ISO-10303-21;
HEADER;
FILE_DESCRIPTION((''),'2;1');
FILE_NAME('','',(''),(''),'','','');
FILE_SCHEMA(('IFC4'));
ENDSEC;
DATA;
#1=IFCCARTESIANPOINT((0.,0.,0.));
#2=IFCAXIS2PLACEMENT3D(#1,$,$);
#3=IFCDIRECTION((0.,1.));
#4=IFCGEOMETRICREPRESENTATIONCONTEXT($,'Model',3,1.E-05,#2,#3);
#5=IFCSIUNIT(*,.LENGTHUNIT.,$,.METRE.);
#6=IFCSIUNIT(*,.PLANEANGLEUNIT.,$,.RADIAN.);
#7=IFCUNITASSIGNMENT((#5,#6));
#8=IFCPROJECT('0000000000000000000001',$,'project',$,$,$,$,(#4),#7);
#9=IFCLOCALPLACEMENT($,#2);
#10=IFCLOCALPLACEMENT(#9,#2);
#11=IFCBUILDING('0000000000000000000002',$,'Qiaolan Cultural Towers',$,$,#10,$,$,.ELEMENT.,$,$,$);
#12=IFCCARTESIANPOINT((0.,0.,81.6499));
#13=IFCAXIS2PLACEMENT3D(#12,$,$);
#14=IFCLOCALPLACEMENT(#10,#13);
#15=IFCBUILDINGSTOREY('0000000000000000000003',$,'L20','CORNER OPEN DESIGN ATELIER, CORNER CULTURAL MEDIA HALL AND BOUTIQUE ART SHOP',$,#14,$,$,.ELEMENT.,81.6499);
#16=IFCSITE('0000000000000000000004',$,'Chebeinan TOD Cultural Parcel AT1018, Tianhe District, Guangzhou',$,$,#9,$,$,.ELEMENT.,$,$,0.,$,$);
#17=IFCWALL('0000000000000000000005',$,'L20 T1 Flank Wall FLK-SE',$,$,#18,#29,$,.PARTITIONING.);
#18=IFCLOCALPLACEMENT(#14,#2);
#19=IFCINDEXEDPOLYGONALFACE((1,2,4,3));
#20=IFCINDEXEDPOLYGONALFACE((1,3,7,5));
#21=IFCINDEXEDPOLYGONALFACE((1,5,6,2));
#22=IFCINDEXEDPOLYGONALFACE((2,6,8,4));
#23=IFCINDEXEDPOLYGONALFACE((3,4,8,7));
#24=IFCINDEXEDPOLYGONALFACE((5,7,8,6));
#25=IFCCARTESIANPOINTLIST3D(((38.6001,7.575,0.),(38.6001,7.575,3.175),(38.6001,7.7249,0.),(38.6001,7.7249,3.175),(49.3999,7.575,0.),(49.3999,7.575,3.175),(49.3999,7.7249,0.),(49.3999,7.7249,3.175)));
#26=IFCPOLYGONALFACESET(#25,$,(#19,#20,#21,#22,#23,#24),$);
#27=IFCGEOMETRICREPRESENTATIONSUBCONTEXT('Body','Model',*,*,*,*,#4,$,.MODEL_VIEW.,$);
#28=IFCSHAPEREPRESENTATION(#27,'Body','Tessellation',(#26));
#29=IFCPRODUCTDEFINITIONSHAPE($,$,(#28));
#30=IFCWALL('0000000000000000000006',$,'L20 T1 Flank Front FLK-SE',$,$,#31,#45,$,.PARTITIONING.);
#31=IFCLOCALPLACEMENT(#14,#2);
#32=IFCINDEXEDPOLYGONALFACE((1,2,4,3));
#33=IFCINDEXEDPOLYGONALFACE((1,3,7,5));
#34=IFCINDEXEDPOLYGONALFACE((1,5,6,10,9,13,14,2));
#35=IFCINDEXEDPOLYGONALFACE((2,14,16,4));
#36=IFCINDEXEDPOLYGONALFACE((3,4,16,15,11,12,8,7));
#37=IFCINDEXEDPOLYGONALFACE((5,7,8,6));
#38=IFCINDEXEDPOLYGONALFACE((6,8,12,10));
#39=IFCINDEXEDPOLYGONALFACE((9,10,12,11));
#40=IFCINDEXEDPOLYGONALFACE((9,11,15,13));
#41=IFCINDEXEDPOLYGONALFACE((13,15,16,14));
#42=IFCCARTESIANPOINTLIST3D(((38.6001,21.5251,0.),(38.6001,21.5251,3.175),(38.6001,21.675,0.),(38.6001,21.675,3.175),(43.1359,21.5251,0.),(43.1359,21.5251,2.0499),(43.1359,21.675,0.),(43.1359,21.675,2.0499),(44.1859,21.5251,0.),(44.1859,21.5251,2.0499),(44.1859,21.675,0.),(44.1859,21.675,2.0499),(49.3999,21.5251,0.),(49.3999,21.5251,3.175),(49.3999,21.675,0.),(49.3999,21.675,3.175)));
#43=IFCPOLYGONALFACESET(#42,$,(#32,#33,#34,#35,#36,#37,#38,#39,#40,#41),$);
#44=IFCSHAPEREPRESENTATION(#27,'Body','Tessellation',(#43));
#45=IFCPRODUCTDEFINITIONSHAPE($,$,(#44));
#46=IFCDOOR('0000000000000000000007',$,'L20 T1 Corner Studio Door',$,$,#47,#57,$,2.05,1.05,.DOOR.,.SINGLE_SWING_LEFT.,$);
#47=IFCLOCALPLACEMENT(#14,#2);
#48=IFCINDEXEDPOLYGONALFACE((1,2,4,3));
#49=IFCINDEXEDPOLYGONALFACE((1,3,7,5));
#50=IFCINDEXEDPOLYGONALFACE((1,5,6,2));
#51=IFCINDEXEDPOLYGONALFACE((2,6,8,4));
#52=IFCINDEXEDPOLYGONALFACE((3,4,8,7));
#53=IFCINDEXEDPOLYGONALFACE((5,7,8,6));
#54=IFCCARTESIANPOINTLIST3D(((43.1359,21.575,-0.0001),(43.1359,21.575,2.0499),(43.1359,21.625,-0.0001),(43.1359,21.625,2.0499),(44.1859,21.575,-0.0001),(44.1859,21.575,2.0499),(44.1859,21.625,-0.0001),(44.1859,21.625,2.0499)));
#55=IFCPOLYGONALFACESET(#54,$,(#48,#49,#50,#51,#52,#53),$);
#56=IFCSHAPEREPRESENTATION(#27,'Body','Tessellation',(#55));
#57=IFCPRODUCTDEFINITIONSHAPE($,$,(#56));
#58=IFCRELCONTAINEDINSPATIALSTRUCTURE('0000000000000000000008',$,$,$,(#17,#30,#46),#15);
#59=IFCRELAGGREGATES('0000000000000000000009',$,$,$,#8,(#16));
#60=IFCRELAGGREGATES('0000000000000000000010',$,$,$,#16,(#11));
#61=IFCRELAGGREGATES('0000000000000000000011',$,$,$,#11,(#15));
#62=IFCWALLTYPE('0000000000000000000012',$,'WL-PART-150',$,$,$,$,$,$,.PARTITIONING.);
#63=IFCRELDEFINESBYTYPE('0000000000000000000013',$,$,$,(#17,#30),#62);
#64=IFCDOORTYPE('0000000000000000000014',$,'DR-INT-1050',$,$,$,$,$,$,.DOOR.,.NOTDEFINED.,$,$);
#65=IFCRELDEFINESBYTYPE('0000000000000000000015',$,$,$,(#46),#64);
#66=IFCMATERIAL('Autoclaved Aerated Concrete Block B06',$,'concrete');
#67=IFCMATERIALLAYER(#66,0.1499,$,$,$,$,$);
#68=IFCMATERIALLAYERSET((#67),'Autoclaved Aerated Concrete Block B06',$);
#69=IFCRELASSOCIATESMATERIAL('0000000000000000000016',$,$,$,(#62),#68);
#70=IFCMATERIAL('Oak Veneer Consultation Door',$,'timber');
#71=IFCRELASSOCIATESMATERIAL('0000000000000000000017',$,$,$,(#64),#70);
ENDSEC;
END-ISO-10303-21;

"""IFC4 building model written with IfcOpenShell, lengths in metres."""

from ifc_helpers import new_model, si_unit, direction, frame, frame_2d, origin, place, context, subcontext, project, spatial, rectangle, extrude, material, layer, layer_set, type_object, element, fill, save


model = new_model("IFC4")

# Units and contexts
model_context = context("Model", 3, precision=1e-05, world=origin(), true_north=direction((0.0, 1.0)))
body_context = subcontext(model_context, "Body", "Model", "MODEL_VIEW")
ifc_project = project(units=[si_unit("LENGTHUNIT", "METRE"), si_unit("PLANEANGLEUNIT", "RADIAN")], contexts=[model_context])

# Site, building, storey
site_placement = place(None, origin())
site = spatial("IfcSite", under=ifc_project, at=site_placement, Name="Chebeinan TOD Cultural Parcel AT1018, Tianhe District, Guangzhou", CompositionType="ELEMENT", RefElevation=0.0)
building_placement = place(site_placement, origin())
building = spatial("IfcBuilding", under=site, at=building_placement, Name="Qiaolan Cultural Towers", CompositionType="ELEMENT")
storey_placement = place(building_placement, frame((0.0, 0.0, 81.6499)))
storey = spatial("IfcBuildingStorey", under=building, at=storey_placement, Name="L20", Description="CORNER OPEN DESIGN ATELIER, CORNER CULTURAL MEDIA HALL AND BOUTIQUE ART SHOP", CompositionType="ELEMENT", Elevation=81.6499)

# Shared definitions
ifc_material_1 = material(Name="Autoclaved Aerated Concrete Block B06", Category="concrete")
ifc_layer_1 = layer(ifc_material_1, 0.1499)
ifc_layer_set_1 = layer_set([ifc_layer_1], Name="Autoclaved Aerated Concrete Block B06")
wall_type_1 = type_object("IfcWallType", Name="WL-PART-150", PredefinedType="PARTITIONING", material=ifc_layer_set_1)

# Wall
wall_1_placement = place(storey_placement, frame((38.6001, 7.6499, 0.0), z_axis=(0.0, 0.0, 1.0), x_axis=(1.0, 0.0, 0.0)))
element("IfcWall", 1, at=wall_1_placement, inside=storey, type_object=wall_type_1, Name="L20 T1 Flank Wall FLK-SE", PredefinedType="PARTITIONING", context=body_context, shape_type="SweptSolid", body=[
    extrude(rectangle(XDim=10.7998, YDim=0.1499, at=frame_2d((5.3999, 0.0))), origin(), (0.0, 0.0, 1.0), 3.175),
])

# Wall, opening, door
wall_2_placement = place(storey_placement, frame((38.6001, 21.6001, 0.0), z_axis=(0.0, 0.0, 1.0), x_axis=(1.0, 0.0, 0.0)))
wall_2 = element("IfcWall", 2, at=wall_2_placement, inside=storey, type_object=wall_type_1, Name="L20 T1 Flank Front FLK-SE", PredefinedType="PARTITIONING", context=body_context, shape_type="SweptSolid", body=[
    extrude(rectangle(XDim=10.7998, YDim=0.1499, at=frame_2d((5.3999, 0.0))), origin(), (0.0, 0.0, 1.0), 3.175),
])
opening_1_placement = place(wall_2_placement, frame((4.5359, 0.0, 0.0)))
opening_1 = element("IfcOpeningElement", 3, at=opening_1_placement, cuts=wall_2, PredefinedType="OPENING", context=body_context, shape_type="SweptSolid", body=[
    extrude(rectangle(XDim=1.05, YDim=2.05, at=frame_2d((0.5249, 1.0249))), frame((0.0, 0.085, 0.0), z_axis=(0.0, -1.0, 0.0), x_axis=(1.0, 0.0, 0.0)), (0.0, 0.0, 1.0), 0.1699),
])
ifc_material_2 = material(Name="Oak Veneer Consultation Door", Category="timber")
door_type_1 = type_object("IfcDoorType", Name="DR-INT-1050", OperationType="NOTDEFINED", PredefinedType="DOOR", material=ifc_material_2)
door_1_placement = place(opening_1_placement, origin())
door_1 = element("IfcDoor", 4, at=door_1_placement, inside=storey, type_object=door_type_1, Name="L20 T1 Corner Studio Door", OperationType="SINGLE_SWING_LEFT", OverallHeight=2.05, OverallWidth=1.05, PredefinedType="DOOR", context=body_context, shape_type="SweptSolid", body=[
    extrude(rectangle(XDim=1.05, YDim=2.05, at=frame_2d((0.5249, 1.0249))), frame((0.0, 0.0249, 0.0), z_axis=(0.0, -1.0, 0.0), x_axis=(1.0, 0.0, 0.0)), (0.0, 0.0, 1.0), 0.05),
])
fill(opening_1, door_1)

save(model, "model.ifc")
